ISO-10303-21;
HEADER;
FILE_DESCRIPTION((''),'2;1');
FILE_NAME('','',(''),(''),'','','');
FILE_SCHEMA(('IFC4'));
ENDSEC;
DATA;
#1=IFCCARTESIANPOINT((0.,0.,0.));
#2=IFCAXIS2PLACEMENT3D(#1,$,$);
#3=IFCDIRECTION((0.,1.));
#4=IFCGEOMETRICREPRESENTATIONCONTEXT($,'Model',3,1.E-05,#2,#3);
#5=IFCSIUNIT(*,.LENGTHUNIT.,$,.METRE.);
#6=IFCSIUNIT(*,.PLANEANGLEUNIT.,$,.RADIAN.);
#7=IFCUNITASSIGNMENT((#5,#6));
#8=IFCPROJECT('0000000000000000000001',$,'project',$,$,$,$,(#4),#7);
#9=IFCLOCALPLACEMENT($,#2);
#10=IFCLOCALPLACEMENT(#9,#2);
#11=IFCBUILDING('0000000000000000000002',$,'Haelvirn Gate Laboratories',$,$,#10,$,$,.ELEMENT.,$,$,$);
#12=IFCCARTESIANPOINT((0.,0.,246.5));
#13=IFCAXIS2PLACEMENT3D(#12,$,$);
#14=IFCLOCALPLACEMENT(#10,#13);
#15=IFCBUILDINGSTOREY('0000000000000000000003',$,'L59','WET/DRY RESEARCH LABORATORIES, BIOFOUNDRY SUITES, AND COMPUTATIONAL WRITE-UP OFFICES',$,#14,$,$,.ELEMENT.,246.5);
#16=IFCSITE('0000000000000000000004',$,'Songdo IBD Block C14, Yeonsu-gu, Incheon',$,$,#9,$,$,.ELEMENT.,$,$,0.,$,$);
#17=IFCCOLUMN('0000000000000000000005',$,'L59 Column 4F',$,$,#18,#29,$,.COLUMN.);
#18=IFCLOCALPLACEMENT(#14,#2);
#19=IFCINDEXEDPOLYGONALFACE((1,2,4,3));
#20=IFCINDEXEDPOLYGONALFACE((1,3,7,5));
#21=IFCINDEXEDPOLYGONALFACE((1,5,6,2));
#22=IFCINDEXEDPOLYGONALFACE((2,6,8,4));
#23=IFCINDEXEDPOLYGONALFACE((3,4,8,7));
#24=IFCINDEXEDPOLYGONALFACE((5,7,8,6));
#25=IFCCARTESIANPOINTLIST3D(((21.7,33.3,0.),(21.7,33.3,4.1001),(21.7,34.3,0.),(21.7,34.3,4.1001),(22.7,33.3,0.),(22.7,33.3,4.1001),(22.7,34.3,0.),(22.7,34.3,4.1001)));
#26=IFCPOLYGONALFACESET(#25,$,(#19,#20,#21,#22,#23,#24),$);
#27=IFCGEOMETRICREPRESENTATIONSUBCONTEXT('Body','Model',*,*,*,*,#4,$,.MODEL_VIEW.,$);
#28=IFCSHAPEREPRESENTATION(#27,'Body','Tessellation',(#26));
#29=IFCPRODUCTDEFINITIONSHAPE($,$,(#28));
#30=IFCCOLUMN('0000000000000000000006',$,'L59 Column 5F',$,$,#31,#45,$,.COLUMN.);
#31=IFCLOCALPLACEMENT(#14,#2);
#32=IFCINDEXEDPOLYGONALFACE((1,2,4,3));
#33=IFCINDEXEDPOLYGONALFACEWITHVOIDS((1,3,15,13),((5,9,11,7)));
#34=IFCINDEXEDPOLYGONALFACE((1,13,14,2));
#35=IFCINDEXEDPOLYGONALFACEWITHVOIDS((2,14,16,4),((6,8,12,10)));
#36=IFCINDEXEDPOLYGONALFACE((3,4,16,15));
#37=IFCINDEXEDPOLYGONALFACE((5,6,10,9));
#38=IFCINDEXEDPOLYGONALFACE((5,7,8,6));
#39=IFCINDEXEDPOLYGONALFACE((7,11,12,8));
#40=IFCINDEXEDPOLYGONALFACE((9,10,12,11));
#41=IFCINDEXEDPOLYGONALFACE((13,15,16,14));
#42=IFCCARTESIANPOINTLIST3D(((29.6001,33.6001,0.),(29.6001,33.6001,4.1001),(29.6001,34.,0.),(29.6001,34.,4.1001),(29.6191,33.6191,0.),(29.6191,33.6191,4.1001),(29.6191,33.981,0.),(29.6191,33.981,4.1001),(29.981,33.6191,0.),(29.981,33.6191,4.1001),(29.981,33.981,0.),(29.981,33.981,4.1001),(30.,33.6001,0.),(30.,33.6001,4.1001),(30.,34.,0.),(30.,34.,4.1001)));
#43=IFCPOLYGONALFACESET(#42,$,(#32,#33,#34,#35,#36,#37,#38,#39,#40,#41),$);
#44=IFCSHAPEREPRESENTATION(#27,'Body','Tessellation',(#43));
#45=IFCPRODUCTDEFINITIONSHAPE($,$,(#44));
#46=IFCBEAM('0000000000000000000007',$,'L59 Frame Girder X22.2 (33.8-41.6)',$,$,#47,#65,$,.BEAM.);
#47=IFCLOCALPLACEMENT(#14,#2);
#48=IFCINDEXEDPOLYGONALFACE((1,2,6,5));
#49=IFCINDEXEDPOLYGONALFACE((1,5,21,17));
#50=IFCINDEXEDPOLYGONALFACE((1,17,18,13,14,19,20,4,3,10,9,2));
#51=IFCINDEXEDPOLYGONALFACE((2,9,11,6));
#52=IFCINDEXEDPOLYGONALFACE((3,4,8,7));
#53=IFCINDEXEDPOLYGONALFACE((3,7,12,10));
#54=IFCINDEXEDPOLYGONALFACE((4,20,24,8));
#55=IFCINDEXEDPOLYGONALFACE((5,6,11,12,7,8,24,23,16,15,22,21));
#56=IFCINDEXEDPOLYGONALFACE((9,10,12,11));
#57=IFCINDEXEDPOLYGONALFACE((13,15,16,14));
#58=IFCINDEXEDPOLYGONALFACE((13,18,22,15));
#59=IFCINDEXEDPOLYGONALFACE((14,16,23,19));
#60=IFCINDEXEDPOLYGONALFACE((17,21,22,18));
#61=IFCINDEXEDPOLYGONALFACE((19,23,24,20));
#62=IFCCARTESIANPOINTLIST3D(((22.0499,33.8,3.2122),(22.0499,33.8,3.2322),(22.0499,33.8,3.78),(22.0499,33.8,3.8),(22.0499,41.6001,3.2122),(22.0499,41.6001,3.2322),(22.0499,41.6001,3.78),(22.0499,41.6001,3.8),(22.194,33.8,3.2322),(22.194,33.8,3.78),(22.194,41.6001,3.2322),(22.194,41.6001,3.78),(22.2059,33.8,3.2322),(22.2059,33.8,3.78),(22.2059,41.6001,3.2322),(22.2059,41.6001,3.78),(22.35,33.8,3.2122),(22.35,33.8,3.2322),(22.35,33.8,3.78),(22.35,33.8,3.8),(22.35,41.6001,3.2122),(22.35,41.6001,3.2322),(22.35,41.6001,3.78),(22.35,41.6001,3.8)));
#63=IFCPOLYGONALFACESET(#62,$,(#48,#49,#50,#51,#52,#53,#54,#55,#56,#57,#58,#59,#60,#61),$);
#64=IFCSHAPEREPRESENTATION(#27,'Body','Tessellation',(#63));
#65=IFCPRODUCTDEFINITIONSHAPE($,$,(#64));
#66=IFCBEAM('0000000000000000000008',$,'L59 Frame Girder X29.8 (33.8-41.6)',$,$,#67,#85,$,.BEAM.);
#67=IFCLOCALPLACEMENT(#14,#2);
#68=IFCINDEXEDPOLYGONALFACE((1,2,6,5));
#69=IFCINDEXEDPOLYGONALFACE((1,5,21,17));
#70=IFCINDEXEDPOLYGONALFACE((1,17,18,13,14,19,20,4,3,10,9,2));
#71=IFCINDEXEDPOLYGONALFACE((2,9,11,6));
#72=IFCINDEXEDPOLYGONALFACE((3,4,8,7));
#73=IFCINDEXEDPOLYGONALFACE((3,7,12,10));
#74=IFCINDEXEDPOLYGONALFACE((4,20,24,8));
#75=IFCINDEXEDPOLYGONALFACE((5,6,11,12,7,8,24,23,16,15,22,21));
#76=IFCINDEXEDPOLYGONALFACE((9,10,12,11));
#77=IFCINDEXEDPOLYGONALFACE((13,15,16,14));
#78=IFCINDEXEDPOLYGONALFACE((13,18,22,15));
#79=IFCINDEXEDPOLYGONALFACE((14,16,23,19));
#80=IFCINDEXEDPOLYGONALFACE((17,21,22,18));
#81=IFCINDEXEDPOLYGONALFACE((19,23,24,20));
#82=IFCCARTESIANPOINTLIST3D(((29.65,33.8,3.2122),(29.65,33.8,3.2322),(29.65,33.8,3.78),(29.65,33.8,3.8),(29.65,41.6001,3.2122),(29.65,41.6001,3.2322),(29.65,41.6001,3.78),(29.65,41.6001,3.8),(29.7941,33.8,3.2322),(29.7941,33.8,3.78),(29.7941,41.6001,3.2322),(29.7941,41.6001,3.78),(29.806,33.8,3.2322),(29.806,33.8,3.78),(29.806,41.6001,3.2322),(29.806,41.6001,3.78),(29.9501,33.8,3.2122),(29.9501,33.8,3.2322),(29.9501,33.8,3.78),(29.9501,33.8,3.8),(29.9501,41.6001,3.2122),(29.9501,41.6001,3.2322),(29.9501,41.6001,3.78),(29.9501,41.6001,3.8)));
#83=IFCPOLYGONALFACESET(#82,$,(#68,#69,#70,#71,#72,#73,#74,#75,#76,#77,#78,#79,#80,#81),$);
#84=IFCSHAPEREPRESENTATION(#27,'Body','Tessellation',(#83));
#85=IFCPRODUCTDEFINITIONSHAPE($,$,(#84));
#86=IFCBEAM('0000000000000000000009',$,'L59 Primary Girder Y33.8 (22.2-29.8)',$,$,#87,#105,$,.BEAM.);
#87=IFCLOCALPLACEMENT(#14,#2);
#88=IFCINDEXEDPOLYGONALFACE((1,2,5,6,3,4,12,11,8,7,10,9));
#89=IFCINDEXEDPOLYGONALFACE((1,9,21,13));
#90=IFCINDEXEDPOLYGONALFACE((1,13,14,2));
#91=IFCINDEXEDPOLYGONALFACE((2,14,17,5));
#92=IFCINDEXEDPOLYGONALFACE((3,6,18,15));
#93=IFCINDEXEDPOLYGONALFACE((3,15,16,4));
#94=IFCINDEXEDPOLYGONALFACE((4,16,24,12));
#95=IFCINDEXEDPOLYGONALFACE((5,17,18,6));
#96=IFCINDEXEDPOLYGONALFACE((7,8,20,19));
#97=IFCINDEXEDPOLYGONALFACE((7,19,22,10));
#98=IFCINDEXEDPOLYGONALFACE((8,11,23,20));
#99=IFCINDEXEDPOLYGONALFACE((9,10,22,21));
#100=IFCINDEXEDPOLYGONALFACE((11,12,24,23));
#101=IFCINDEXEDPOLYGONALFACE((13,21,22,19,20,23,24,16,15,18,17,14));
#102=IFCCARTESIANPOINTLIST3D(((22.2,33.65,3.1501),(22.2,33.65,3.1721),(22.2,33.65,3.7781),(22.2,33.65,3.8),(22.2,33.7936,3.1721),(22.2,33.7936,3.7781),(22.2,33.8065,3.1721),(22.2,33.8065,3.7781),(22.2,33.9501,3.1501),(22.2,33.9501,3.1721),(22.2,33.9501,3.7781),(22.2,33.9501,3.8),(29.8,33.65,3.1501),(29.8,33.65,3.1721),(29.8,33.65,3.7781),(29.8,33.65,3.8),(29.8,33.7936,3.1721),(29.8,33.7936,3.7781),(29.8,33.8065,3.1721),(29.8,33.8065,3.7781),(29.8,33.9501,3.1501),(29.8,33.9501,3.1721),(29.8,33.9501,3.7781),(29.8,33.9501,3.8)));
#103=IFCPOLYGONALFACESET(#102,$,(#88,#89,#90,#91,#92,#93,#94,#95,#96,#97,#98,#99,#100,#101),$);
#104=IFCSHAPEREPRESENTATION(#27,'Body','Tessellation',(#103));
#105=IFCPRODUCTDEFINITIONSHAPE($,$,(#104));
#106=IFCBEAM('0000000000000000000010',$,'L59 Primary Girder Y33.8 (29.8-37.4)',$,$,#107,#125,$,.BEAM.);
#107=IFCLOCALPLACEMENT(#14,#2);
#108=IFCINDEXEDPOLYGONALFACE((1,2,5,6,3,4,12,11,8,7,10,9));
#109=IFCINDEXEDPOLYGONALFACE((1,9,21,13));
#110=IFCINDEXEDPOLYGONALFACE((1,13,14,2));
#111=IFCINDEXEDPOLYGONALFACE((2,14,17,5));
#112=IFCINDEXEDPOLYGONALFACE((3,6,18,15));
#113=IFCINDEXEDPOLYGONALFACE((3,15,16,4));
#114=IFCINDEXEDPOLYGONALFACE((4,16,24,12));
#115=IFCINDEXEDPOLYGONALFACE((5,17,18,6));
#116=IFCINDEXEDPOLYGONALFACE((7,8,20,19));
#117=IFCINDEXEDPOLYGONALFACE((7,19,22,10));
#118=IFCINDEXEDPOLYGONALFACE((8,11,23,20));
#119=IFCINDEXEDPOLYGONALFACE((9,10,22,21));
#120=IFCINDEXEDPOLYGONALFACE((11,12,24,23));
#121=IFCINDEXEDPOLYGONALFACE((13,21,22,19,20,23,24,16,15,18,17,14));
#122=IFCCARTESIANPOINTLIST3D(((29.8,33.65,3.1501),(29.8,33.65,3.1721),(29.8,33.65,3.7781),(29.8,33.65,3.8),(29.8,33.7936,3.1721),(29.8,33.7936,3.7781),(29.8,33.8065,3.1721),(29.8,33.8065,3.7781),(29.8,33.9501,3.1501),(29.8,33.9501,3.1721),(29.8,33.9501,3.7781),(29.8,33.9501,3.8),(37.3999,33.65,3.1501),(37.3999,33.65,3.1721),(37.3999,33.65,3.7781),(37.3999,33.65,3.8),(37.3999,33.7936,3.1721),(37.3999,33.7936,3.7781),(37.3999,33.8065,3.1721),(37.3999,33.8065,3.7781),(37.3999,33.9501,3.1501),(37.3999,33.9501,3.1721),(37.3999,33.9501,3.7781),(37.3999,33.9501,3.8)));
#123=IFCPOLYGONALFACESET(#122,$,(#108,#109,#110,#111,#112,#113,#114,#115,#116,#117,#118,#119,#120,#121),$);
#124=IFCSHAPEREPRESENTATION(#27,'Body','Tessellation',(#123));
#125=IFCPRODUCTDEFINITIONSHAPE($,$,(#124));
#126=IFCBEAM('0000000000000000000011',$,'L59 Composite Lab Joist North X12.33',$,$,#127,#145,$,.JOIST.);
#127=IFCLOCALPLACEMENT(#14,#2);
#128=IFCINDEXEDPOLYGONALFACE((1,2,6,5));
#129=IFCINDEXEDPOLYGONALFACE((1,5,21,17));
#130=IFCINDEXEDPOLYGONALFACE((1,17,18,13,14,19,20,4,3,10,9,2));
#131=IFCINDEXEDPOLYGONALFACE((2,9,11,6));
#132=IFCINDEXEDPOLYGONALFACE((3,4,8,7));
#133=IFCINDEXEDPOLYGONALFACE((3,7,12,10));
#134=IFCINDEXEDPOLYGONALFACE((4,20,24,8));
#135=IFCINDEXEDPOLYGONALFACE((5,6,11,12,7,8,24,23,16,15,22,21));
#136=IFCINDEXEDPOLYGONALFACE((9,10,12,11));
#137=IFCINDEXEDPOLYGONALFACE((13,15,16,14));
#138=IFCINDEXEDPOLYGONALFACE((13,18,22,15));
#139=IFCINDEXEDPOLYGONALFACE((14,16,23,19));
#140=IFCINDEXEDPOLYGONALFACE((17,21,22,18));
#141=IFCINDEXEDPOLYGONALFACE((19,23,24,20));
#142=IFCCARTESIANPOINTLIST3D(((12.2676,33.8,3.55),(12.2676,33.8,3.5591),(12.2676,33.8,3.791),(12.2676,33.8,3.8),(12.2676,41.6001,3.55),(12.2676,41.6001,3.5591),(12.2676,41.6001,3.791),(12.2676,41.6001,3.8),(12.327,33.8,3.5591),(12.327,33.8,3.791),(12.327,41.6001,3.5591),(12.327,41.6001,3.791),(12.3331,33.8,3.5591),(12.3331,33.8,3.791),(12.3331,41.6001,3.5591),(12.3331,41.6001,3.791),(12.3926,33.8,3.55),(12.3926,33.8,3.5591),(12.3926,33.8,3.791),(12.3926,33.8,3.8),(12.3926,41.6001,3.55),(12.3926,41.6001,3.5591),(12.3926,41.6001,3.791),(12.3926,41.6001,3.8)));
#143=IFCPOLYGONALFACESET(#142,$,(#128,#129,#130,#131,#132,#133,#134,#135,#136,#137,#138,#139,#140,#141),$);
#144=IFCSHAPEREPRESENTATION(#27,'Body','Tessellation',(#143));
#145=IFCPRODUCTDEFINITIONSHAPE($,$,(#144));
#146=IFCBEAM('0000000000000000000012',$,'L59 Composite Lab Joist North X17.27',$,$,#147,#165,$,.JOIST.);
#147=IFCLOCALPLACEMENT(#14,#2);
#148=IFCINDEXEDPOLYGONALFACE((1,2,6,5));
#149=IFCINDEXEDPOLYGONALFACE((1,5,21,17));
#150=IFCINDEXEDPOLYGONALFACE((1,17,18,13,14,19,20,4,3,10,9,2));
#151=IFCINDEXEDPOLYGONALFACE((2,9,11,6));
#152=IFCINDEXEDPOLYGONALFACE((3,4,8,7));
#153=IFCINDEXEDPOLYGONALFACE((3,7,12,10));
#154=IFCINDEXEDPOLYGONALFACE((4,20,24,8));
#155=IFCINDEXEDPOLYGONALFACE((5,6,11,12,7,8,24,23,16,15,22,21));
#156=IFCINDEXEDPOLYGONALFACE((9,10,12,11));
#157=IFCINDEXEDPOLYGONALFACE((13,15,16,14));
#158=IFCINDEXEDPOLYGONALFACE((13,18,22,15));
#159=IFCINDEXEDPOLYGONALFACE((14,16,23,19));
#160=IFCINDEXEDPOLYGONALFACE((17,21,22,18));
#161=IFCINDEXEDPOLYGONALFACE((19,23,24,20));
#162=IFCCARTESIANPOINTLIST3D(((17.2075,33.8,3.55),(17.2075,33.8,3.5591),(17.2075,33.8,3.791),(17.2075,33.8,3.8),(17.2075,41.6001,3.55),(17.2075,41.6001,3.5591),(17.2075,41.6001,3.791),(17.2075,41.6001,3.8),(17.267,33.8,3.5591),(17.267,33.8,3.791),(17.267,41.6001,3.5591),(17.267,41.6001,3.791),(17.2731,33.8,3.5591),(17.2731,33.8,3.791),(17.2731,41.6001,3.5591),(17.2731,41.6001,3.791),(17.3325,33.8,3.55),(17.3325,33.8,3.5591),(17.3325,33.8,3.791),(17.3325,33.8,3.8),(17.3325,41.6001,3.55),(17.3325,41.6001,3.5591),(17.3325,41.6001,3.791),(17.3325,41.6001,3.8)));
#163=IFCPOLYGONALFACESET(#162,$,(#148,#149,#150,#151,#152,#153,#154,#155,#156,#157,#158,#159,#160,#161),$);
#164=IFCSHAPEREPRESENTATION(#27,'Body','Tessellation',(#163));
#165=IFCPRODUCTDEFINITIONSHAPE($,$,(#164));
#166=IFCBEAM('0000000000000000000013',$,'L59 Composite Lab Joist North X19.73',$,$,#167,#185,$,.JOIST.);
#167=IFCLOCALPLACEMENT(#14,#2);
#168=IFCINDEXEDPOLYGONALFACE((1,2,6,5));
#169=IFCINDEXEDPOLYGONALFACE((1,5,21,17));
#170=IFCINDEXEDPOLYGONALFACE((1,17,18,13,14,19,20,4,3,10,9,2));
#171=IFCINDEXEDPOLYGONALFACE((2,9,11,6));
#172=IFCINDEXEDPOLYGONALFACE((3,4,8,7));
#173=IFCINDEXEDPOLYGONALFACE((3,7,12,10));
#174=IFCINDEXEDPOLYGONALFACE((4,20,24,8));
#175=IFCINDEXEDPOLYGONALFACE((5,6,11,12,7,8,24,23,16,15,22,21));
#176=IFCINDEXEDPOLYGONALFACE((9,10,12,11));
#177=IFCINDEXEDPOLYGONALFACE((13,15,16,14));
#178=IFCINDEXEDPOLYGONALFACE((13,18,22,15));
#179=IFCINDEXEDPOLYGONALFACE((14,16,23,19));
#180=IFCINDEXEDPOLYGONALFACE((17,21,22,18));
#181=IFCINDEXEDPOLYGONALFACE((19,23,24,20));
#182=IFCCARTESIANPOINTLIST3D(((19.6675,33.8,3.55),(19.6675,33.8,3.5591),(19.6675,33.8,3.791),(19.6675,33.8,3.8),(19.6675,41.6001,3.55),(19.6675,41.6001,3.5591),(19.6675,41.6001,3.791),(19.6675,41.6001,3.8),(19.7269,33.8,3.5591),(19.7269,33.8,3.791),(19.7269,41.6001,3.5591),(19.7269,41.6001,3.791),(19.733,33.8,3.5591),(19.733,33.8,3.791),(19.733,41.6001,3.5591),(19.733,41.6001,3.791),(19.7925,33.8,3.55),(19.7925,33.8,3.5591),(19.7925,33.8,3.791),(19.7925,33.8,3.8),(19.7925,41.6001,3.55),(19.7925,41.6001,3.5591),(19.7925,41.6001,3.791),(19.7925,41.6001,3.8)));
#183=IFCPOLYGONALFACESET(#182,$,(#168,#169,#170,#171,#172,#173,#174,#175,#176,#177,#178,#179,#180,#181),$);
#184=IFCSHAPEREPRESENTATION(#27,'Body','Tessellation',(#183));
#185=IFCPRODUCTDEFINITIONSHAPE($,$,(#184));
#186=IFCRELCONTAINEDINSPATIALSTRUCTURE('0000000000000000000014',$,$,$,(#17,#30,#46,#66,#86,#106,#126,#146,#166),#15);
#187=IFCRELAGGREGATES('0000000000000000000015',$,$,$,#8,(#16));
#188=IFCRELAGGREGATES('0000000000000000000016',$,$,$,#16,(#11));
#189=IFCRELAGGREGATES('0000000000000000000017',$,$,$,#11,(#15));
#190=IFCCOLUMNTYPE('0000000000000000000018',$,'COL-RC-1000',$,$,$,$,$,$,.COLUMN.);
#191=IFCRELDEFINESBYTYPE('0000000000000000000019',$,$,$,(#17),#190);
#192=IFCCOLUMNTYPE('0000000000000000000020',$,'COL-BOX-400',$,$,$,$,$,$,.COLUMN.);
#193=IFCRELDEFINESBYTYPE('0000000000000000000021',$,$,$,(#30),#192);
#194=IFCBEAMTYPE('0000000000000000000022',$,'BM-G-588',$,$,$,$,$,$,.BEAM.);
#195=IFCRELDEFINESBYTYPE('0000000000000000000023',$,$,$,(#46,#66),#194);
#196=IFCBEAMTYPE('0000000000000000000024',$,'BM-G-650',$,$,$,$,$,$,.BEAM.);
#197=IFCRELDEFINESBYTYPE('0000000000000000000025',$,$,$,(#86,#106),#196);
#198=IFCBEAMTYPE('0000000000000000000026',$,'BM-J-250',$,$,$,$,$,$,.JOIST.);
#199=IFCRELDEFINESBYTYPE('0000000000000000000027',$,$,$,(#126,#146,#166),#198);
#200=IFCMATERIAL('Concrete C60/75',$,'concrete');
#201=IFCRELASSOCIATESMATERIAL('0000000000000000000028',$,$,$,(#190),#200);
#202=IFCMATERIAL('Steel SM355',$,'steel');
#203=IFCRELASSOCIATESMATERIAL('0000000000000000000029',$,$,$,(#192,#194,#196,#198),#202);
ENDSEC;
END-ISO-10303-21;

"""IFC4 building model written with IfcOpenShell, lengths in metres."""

from ifc_helpers import new_model, si_unit, direction, frame, origin, origin_2d, place, context, subcontext, project, spatial, rectangle, hollow_rectangle, i_section, extrude, source, transform, mapped, material, material_profile, profile_set, type_object, type_shapes, element, save


model = new_model("IFC4")

# Units and contexts
model_context = context("Model", 3, precision=1e-05, world=origin(), true_north=direction((0.0, 1.0)))
body_context = subcontext(model_context, "Body", "Model", "MODEL_VIEW")
ifc_project = project(units=[si_unit("LENGTHUNIT", "METRE"), si_unit("PLANEANGLEUNIT", "RADIAN")], contexts=[model_context])

# Site, building, storey
site_placement = place(None, origin())
site = spatial("IfcSite", under=ifc_project, at=site_placement, Name="Songdo IBD Block C14, Yeonsu-gu, Incheon", CompositionType="ELEMENT", RefElevation=0.0)
building_placement = place(site_placement, origin())
building = spatial("IfcBuilding", under=site, at=building_placement, Name="Haelvirn Gate Laboratories", CompositionType="ELEMENT")
storey_placement = place(building_placement, frame((0.0, 0.0, 246.5)))
storey = spatial("IfcBuildingStorey", under=building, at=storey_placement, Name="L59", Description="WET/DRY RESEARCH LABORATORIES, BIOFOUNDRY SUITES, AND COMPUTATIONAL WRITE-UP OFFICES", CompositionType="ELEMENT", Elevation=246.5)

# Columns
ifc_material_1 = material(Name="Concrete C60/75", Category="concrete")
ifc_material_profile_1 = material_profile(ifc_material_1, rectangle(XDim=1.0, YDim=1.0, at=origin_2d()), Name="RC-1000x1000")
ifc_profile_set_1 = profile_set([ifc_material_profile_1], Name="Concrete C60/75")
column_type_1 = type_object("IfcColumnType", Name="COL-RC-1000", PredefinedType="COLUMN", material=ifc_profile_set_1)
shared_shape_1 = source(origin(), body_context, "Body", "SweptSolid", [
    extrude(rectangle(XDim=1.0, YDim=1.0, at=origin_2d()), origin(), (0.0, 0.0, 1.0), 4.1001),
])
type_shapes(column_type_1, [shared_shape_1])
column_1_placement = place(storey_placement, frame((22.2, 33.8, 0.0), z_axis=(0.0, 0.0, 1.0), x_axis=(1.0, 0.0, 0.0)))
element("IfcColumn", 1, at=column_1_placement, inside=storey, type_object=column_type_1, Name="L59 Column 4F", PredefinedType="COLUMN", context=body_context, shape_type="MappedRepresentation", body=[
    mapped(shared_shape_1, transform((0.0, 0.0, 0.0), scale=1.0)),
])
ifc_material_2 = material(Name="Steel SM355", Category="steel")
ifc_material_profile_2 = material_profile(ifc_material_2, hollow_rectangle(XDim=0.3999, YDim=0.3999, WallThickness=0.019, at=origin_2d()), Name="BOX-400x400x19")
ifc_profile_set_2 = profile_set([ifc_material_profile_2], Name="Steel SM355")
column_type_2 = type_object("IfcColumnType", Name="COL-BOX-400", PredefinedType="COLUMN", material=ifc_profile_set_2)
shared_shape_2 = source(origin(), body_context, "Body", "SweptSolid", [
    extrude(hollow_rectangle(XDim=0.3999, YDim=0.3999, WallThickness=0.019, at=origin_2d()), origin(), (0.0, 0.0, 1.0), 4.1001),
])
type_shapes(column_type_2, [shared_shape_2])
column_2_placement = place(storey_placement, frame((29.8, 33.8, 0.0), z_axis=(0.0, 0.0, 1.0), x_axis=(1.0, 0.0, 0.0)))
element("IfcColumn", 2, at=column_2_placement, inside=storey, type_object=column_type_2, Name="L59 Column 5F", PredefinedType="COLUMN", context=body_context, shape_type="MappedRepresentation", body=[
    mapped(shared_shape_2, transform((0.0, 0.0, 0.0), scale=1.0)),
])

# Beams
ifc_material_profile_3 = material_profile(ifc_material_2, i_section(OverallWidth=0.3, OverallDepth=0.5879, WebThickness=0.012, FlangeThickness=0.02, at=origin_2d()), Name="H-588x300x12x20")
ifc_profile_set_3 = profile_set([ifc_material_profile_3], Name="Steel SM355")
beam_type_1 = type_object("IfcBeamType", Name="BM-G-588", PredefinedType="BEAM", material=ifc_profile_set_3)
shared_shape_3 = source(origin(), body_context, "Body", "SweptSolid", [
    extrude(i_section(OverallWidth=0.3, OverallDepth=0.5879, WebThickness=0.012, FlangeThickness=0.02, at=origin_2d()), origin(), (0.0, 0.0, 1.0), 7.8),
])
type_shapes(beam_type_1, [shared_shape_3])
for number, where, z_axis, x_axis, name in (
    (3, (22.2, 33.8, 3.5061), (0.0, 1.0, 0.0), (-1.0, 0.0, 0.0), "L59 Frame Girder X22.2 (33.8-41.6)"),
    (4, (29.8, 33.8, 3.5061), (0.0, 1.0, 0.0), (-1.0, 0.0, 0.0), "L59 Frame Girder X29.8 (33.8-41.6)"),
):
    element("IfcBeam", number, at=place(storey_placement, frame(where, z_axis=z_axis, x_axis=x_axis)), inside=storey, type_object=beam_type_1, Name=name, PredefinedType="BEAM", context=body_context, shape_type="MappedRepresentation", body=[
        mapped(shared_shape_3, transform((0.0, 0.0, 0.0), scale=1.0)),
    ])
ifc_material_profile_4 = material_profile(ifc_material_2, i_section(OverallWidth=0.3, OverallDepth=0.6499, WebThickness=0.0129, FlangeThickness=0.022, at=origin_2d()), Name="H-650x300x13x22")
ifc_profile_set_4 = profile_set([ifc_material_profile_4], Name="Steel SM355")
beam_type_2 = type_object("IfcBeamType", Name="BM-G-650", PredefinedType="BEAM", material=ifc_profile_set_4)
shared_shape_4 = source(origin(), body_context, "Body", "SweptSolid", [
    extrude(i_section(OverallWidth=0.3, OverallDepth=0.6499, WebThickness=0.0129, FlangeThickness=0.022, at=origin_2d()), origin(), (0.0, 0.0, 1.0), 7.6001),
])
beam_1_placement = place(storey_placement, frame((22.2, 33.8, 3.4751), z_axis=(1.0, 0.0, 0.0), x_axis=(0.0, 1.0, 0.0)))
element("IfcBeam", 5, at=beam_1_placement, inside=storey, type_object=beam_type_2, Name="L59 Primary Girder Y33.8 (22.2-29.8)", PredefinedType="BEAM", context=body_context, shape_type="MappedRepresentation", body=[
    mapped(shared_shape_4, transform((0.0, 0.0, 0.0), scale=1.0)),
])
shared_shape_5 = source(origin(), body_context, "Body", "SweptSolid", [
    extrude(i_section(OverallWidth=0.3, OverallDepth=0.6499, WebThickness=0.0129, FlangeThickness=0.022, at=origin_2d()), origin(), (0.0, 0.0, 1.0), 7.5999),
])
type_shapes(beam_type_2, [shared_shape_4, shared_shape_5])
beam_2_placement = place(storey_placement, frame((29.8, 33.8, 3.4751), z_axis=(1.0, 0.0, 0.0), x_axis=(0.0, 1.0, 0.0)))
element("IfcBeam", 6, at=beam_2_placement, inside=storey, type_object=beam_type_2, Name="L59 Primary Girder Y33.8 (29.8-37.4)", PredefinedType="BEAM", context=body_context, shape_type="MappedRepresentation", body=[
    mapped(shared_shape_5, transform((0.0, 0.0, 0.0), scale=1.0)),
])
ifc_material_profile_5 = material_profile(ifc_material_2, i_section(OverallWidth=0.125, OverallDepth=0.25, WebThickness=0.0061, FlangeThickness=0.009, at=origin_2d()), Name="H-250x125x6x9")
ifc_profile_set_5 = profile_set([ifc_material_profile_5], Name="Steel SM355")
beam_type_3 = type_object("IfcBeamType", Name="BM-J-250", PredefinedType="JOIST", material=ifc_profile_set_5)
shared_shape_6 = source(origin(), body_context, "Body", "SweptSolid", [
    extrude(i_section(OverallWidth=0.125, OverallDepth=0.25, WebThickness=0.0061, FlangeThickness=0.009, at=origin_2d()), origin(), (0.0, 0.0, 1.0), 7.8),
])
type_shapes(beam_type_3, [shared_shape_6])
for number, where, z_axis, x_axis, name in (
    (7, (12.3301, 33.8, 3.675), (0.0, 1.0, 0.0), (-1.0, 0.0, 0.0), "L59 Composite Lab Joist North X12.33"),
    (8, (17.27, 33.8, 3.675), (0.0, 1.0, 0.0), (-1.0, 0.0, 0.0), "L59 Composite Lab Joist North X17.27"),
    (9, (19.73, 33.8, 3.675), (0.0, 1.0, 0.0), (-1.0, 0.0, 0.0), "L59 Composite Lab Joist North X19.73"),
):
    element("IfcBeam", number, at=place(storey_placement, frame(where, z_axis=z_axis, x_axis=x_axis)), inside=storey, type_object=beam_type_3, Name=name, PredefinedType="JOIST", context=body_context, shape_type="MappedRepresentation", body=[
        mapped(shared_shape_6, transform((0.0, 0.0, 0.0), scale=1.0)),
    ])

save(model, "model.ifc")
